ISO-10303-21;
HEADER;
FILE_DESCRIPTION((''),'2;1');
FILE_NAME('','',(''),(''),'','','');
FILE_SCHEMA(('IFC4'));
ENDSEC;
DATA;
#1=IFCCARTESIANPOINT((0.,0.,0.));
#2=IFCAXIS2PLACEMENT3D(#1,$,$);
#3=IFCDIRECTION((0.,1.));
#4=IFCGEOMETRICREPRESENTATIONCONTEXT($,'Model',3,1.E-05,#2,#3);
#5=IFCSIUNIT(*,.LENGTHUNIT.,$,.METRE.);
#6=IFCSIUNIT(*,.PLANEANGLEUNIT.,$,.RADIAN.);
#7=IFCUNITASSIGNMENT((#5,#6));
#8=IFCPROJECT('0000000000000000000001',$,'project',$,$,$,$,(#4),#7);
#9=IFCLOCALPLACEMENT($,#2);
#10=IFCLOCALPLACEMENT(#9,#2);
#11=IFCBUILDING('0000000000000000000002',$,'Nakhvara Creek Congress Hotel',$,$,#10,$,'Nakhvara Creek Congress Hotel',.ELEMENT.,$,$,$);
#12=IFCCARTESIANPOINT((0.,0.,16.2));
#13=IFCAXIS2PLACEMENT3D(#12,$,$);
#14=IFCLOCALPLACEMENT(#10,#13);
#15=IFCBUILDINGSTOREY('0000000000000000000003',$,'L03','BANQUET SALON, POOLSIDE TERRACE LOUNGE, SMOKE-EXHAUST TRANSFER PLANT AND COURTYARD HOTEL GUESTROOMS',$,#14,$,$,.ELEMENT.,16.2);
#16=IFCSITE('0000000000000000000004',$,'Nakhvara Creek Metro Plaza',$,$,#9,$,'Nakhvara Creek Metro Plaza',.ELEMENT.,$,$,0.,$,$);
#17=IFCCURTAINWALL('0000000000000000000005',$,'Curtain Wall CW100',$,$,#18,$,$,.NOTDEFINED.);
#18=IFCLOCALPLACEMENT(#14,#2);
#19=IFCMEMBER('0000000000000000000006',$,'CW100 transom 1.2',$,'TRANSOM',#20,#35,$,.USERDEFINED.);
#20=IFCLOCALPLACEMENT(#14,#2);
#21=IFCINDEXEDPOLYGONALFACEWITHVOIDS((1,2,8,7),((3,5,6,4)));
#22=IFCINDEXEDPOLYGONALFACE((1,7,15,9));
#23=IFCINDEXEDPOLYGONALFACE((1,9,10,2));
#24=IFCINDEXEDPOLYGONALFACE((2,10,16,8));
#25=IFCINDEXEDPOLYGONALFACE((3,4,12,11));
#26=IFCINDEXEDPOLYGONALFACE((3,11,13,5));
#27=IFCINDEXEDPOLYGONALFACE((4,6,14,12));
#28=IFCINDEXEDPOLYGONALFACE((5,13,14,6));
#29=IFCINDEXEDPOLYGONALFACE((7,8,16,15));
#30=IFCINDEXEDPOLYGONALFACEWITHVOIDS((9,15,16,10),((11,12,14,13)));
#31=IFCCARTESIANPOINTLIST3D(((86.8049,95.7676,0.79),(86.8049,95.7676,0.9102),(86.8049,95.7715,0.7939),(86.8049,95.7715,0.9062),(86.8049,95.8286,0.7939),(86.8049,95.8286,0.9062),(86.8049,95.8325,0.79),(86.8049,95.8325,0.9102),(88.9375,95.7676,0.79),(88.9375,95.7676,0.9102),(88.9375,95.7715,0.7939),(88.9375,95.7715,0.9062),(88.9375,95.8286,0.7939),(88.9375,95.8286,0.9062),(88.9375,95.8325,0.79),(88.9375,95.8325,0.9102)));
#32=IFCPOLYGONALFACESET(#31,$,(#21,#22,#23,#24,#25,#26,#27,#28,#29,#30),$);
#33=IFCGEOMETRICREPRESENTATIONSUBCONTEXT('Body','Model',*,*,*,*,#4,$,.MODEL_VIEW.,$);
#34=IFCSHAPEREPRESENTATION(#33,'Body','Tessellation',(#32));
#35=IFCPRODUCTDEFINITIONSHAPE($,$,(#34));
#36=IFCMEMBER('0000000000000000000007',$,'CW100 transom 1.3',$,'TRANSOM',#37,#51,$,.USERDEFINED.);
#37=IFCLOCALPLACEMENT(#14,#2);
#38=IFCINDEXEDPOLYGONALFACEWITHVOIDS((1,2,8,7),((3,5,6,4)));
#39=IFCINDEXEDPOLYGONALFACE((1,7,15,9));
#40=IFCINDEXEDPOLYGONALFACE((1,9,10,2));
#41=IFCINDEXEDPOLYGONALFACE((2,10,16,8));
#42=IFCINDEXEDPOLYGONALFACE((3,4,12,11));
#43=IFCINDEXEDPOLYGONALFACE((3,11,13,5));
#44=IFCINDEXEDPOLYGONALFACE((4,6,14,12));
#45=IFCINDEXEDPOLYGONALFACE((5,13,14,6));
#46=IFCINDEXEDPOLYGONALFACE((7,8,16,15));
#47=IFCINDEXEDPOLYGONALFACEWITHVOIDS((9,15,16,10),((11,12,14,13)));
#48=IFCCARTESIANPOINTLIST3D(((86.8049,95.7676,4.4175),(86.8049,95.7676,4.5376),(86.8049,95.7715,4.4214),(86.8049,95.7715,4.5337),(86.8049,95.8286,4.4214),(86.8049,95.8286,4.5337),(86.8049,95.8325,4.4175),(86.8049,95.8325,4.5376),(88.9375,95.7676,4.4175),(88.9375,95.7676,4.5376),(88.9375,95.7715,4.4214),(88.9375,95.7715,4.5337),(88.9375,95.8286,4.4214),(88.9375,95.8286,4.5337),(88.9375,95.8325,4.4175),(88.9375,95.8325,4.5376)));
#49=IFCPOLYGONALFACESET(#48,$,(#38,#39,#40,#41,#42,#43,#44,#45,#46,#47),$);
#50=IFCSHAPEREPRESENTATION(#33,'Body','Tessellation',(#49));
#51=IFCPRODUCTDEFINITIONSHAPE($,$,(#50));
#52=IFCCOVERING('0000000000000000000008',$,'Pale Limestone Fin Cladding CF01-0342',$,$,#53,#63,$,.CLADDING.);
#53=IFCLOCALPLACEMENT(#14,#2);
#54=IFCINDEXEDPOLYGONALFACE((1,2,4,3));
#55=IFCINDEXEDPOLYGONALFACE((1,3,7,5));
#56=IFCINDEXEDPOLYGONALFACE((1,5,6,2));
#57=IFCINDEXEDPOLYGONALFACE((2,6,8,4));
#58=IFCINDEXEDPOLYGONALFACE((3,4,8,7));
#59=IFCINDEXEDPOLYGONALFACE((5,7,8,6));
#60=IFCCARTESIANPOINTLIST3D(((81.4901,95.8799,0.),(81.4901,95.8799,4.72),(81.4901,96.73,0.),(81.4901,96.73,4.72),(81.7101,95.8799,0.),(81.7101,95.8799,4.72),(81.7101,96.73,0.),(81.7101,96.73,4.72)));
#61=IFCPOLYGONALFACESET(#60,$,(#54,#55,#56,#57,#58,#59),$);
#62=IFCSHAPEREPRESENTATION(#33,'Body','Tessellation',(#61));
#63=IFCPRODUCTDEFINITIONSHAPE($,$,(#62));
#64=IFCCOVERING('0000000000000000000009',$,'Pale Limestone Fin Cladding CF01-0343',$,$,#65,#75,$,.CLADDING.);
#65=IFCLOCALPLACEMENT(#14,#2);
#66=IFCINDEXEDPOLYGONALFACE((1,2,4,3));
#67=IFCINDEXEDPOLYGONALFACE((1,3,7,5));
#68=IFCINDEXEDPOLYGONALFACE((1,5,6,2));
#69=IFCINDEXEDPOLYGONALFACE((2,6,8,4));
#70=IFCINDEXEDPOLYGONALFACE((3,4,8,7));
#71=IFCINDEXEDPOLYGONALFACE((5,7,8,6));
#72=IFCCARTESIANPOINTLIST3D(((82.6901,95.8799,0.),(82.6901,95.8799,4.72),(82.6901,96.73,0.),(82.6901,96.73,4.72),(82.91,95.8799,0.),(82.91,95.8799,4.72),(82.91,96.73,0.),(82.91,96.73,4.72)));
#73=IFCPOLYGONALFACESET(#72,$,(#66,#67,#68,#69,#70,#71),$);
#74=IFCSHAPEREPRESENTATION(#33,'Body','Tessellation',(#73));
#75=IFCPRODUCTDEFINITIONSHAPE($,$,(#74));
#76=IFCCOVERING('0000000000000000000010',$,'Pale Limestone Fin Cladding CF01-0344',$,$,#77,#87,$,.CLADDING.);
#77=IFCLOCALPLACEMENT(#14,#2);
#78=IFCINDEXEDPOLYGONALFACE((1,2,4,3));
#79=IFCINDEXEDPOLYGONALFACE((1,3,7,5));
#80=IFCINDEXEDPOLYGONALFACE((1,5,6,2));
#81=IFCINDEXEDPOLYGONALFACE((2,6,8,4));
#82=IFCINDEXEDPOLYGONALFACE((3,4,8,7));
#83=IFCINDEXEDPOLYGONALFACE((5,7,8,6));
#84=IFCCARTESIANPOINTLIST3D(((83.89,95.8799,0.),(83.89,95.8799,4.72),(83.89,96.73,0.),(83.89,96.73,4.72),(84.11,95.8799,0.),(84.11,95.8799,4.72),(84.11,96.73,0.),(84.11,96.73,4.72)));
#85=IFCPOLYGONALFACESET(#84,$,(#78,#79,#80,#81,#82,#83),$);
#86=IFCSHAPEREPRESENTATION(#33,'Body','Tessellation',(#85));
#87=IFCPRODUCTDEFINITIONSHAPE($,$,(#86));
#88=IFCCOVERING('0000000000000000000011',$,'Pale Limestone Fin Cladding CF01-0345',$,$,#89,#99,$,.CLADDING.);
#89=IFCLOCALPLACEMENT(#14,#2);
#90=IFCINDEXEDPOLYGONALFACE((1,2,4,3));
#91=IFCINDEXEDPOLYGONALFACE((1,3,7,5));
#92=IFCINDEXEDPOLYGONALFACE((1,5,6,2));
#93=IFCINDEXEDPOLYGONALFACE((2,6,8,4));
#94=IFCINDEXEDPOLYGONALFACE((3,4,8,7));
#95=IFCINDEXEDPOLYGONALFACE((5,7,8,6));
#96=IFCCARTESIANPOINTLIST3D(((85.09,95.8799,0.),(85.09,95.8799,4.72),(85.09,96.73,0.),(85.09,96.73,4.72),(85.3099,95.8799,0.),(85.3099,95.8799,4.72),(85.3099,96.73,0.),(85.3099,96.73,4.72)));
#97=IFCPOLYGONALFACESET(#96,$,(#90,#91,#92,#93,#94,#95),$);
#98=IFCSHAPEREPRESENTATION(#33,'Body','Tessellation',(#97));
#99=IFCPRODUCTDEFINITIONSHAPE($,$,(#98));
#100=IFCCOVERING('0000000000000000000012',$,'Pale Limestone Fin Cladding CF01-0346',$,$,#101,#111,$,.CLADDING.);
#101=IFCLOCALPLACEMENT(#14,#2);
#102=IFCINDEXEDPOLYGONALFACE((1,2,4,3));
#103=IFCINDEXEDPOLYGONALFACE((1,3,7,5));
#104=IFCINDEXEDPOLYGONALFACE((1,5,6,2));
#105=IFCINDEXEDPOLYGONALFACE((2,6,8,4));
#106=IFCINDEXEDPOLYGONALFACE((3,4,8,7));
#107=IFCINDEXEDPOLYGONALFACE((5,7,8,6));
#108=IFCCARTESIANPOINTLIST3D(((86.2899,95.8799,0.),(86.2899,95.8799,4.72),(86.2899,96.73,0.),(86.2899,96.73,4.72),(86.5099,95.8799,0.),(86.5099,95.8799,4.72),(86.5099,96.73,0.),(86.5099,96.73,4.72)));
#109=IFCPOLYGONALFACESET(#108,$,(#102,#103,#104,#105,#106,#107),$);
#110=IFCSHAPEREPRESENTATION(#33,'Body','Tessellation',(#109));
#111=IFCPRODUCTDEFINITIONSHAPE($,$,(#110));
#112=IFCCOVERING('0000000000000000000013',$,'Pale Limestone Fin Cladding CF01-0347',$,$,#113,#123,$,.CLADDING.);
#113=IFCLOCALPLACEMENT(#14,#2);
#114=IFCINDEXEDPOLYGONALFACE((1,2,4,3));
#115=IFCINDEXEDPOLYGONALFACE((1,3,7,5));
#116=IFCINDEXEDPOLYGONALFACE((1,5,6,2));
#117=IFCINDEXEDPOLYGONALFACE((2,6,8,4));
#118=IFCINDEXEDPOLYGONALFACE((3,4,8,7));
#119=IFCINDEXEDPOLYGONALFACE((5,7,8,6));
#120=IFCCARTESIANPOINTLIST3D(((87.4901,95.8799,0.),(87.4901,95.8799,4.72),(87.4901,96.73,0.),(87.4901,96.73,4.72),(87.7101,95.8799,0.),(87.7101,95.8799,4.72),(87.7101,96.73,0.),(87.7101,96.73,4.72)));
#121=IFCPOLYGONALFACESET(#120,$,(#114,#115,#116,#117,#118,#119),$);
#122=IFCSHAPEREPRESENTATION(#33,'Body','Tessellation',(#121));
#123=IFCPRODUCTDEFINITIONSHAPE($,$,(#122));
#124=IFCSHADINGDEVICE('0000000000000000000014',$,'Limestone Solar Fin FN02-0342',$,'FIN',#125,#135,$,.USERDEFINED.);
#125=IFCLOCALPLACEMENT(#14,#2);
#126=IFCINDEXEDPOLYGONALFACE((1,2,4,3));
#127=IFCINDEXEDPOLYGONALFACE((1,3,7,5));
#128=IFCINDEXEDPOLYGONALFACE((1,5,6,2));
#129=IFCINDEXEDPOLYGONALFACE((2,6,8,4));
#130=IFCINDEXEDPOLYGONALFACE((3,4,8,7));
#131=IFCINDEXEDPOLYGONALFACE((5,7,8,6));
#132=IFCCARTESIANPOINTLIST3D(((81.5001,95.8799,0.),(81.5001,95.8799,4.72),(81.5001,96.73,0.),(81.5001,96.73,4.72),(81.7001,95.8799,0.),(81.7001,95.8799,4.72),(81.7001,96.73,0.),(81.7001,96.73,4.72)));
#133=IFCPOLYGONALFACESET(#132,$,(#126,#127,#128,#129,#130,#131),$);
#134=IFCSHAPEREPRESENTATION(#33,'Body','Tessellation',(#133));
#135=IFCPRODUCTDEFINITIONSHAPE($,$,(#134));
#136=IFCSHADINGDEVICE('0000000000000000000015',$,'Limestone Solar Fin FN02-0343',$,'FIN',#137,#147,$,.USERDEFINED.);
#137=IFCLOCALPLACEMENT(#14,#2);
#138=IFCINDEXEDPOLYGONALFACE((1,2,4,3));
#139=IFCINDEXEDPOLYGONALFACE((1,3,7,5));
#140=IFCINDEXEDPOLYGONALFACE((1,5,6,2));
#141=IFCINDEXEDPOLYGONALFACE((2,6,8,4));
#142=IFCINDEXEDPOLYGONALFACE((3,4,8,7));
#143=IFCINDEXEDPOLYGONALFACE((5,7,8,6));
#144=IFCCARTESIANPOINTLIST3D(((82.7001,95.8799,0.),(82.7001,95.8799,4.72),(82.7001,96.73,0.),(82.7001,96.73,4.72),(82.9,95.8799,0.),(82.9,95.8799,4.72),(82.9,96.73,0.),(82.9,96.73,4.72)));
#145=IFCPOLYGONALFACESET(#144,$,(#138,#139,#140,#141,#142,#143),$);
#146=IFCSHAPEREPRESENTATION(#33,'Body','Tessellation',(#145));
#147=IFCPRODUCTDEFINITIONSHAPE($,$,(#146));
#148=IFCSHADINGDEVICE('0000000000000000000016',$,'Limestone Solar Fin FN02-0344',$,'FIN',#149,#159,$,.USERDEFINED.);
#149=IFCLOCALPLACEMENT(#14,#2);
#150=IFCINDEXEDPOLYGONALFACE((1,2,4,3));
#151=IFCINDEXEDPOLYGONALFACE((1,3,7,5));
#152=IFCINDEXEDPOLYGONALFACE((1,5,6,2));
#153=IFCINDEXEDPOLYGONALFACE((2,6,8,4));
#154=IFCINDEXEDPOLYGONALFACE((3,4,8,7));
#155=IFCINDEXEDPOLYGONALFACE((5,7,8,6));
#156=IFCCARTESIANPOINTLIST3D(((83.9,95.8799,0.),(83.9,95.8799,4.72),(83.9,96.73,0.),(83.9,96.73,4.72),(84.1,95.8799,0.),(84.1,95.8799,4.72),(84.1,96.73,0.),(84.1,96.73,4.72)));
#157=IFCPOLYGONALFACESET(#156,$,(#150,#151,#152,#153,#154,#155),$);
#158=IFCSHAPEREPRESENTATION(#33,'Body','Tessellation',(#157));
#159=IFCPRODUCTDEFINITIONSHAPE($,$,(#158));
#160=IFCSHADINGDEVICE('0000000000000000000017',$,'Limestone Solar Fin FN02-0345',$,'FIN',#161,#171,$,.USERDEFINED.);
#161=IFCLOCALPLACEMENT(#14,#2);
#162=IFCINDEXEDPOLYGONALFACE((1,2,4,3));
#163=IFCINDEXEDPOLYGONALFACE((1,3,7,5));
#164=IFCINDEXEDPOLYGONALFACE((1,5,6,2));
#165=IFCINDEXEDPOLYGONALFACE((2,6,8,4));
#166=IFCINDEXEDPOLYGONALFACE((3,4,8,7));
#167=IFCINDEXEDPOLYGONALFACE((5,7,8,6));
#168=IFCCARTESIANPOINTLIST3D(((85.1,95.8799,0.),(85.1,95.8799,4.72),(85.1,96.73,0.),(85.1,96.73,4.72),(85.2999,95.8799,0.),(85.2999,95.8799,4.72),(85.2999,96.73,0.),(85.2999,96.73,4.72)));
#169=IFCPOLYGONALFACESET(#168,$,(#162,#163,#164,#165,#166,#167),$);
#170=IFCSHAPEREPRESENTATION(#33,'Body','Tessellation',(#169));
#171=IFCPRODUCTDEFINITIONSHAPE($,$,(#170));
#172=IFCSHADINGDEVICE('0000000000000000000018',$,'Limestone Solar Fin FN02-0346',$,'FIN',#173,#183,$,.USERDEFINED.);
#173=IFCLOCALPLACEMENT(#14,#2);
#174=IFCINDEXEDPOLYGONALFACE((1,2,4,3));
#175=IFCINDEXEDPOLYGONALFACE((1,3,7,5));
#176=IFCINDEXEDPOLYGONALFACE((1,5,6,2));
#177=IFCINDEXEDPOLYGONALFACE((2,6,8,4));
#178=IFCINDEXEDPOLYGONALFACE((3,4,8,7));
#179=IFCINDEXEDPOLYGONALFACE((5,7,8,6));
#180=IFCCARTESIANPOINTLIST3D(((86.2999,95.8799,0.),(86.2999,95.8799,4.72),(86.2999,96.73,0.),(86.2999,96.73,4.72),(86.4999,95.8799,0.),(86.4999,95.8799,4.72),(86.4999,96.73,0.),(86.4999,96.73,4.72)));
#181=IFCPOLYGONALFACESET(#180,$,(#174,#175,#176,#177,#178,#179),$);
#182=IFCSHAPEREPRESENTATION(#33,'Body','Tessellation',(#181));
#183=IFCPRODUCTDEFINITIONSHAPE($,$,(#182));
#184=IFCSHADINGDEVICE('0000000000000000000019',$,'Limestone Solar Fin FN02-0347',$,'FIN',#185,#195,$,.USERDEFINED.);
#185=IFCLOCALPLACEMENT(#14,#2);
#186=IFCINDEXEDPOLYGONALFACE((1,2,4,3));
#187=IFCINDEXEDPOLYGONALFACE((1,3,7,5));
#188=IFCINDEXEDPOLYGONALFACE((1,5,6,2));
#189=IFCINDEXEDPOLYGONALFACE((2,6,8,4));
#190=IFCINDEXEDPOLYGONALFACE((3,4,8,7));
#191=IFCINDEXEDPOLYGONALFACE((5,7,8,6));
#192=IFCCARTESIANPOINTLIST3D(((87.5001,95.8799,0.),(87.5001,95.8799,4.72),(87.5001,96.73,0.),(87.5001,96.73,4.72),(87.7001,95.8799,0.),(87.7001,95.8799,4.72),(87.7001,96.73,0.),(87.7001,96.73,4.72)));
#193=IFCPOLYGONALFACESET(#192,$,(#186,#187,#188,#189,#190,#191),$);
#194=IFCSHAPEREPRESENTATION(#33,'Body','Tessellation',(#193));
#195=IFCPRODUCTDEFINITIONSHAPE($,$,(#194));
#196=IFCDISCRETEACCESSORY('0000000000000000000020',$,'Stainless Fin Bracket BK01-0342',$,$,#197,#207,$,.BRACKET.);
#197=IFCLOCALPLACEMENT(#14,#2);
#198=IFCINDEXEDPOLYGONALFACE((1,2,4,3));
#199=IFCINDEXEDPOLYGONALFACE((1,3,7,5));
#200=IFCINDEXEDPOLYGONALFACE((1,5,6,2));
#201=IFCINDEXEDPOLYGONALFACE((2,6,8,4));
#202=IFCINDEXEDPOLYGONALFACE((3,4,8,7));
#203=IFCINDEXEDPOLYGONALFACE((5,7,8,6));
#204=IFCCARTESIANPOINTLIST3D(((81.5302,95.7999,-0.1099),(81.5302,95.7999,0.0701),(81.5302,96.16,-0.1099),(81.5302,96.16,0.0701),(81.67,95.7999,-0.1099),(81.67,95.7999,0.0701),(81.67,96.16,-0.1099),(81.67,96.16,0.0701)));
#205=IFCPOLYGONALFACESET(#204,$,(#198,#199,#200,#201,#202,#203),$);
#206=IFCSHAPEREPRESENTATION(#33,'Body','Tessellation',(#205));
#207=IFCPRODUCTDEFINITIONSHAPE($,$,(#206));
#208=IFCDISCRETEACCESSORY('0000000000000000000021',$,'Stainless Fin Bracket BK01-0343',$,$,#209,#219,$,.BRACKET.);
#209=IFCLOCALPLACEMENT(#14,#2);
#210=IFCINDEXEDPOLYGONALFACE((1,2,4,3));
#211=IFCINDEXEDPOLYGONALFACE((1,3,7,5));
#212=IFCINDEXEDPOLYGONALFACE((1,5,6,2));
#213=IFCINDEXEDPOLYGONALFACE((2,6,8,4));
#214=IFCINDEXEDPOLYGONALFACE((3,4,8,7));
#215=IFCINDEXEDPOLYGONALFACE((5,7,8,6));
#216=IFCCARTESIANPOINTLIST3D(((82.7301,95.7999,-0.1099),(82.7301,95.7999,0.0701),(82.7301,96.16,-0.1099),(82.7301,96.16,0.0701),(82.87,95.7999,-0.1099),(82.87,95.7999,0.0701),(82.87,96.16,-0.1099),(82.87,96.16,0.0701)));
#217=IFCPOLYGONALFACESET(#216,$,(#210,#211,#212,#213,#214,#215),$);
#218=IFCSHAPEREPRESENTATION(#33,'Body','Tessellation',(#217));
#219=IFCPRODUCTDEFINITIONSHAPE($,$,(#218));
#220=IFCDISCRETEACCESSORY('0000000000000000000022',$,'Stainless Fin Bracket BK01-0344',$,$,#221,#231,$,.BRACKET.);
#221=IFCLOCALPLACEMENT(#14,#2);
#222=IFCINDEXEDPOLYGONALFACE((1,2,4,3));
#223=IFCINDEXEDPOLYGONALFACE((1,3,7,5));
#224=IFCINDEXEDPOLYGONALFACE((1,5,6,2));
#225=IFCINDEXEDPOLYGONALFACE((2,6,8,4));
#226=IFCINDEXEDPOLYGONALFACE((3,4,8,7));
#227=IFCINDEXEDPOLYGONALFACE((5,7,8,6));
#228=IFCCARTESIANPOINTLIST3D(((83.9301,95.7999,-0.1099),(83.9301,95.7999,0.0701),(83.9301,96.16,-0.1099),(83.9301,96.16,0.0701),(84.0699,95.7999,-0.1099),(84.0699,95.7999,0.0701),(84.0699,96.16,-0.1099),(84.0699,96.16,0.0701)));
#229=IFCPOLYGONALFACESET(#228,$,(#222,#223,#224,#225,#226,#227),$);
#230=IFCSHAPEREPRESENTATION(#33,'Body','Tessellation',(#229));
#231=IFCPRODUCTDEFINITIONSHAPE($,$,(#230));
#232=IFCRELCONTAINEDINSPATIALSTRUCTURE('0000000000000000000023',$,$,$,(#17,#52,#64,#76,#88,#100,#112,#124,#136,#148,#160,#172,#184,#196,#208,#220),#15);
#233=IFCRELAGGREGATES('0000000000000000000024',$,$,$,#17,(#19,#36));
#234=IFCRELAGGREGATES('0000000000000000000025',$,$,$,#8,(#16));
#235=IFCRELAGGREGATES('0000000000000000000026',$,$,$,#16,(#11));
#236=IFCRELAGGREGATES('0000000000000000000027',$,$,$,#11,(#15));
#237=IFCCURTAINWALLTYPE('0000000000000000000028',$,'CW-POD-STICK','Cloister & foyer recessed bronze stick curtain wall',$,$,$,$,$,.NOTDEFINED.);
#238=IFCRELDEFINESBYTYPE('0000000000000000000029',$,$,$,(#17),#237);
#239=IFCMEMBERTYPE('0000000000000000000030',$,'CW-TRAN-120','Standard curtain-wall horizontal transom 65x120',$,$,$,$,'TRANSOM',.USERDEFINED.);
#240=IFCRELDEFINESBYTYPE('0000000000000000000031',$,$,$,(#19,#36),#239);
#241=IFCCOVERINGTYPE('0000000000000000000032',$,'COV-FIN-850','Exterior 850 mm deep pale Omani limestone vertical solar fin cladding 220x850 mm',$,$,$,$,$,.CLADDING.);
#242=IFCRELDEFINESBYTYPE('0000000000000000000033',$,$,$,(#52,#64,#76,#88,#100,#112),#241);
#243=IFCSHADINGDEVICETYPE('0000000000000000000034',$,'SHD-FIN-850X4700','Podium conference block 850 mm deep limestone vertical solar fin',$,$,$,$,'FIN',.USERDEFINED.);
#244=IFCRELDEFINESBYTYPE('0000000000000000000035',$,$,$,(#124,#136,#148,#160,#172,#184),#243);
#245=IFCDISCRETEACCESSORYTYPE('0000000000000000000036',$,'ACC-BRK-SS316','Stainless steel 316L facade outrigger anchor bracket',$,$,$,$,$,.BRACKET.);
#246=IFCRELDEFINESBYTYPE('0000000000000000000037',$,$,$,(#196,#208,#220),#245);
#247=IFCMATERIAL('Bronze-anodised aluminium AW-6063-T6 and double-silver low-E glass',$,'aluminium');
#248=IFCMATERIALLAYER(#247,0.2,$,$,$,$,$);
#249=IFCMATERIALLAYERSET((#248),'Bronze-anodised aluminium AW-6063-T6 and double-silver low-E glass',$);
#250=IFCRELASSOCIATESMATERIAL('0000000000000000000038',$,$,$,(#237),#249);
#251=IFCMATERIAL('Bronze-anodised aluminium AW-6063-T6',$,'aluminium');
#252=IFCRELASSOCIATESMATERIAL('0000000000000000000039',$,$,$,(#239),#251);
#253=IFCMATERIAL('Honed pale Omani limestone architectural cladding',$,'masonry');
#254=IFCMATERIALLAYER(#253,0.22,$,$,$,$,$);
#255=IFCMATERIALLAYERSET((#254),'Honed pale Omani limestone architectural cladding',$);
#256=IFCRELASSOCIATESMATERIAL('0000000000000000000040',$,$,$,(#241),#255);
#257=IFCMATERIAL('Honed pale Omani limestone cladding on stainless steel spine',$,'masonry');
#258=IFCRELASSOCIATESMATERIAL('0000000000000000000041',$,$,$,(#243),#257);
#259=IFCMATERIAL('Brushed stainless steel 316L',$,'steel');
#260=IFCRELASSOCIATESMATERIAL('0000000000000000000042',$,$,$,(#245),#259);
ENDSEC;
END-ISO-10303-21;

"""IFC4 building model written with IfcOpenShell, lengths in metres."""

from ifc_helpers import new_model, si_unit, direction, frame, origin, origin_2d, place, context, subcontext, project, spatial, rectangle, hollow_rectangle, extrude, material, layer, layer_set, material_profile, profile_set, type_object, element, aggregate, save


model = new_model("IFC4")

# Units and contexts
model_context = context("Model", 3, precision=1e-05, world=origin(), true_north=direction((0.0, 1.0)))
body_context = subcontext(model_context, "Body", "Model", "MODEL_VIEW")
ifc_project = project(units=[si_unit("LENGTHUNIT", "METRE"), si_unit("PLANEANGLEUNIT", "RADIAN")], contexts=[model_context])

# Site, building, storey
site_placement = place(None, origin())
site = spatial("IfcSite", under=ifc_project, at=site_placement, Name="Nakhvara Creek Metro Plaza", LongName="Nakhvara Creek Metro Plaza", CompositionType="ELEMENT", RefElevation=0.0)
building_placement = place(site_placement, origin())
building = spatial("IfcBuilding", under=site, at=building_placement, Name="Nakhvara Creek Congress Hotel", LongName="Nakhvara Creek Congress Hotel", CompositionType="ELEMENT")
storey_placement = place(building_placement, frame((0.0, 0.0, 16.2)))
storey = spatial("IfcBuildingStorey", under=building, at=storey_placement, Name="L03", Description="BANQUET SALON, POOLSIDE TERRACE LOUNGE, SMOKE-EXHAUST TRANSFER PLANT AND COURTYARD HOTEL GUESTROOMS", CompositionType="ELEMENT", Elevation=16.2)

# Curtain wall, members
ifc_material_1 = material(Name="Bronze-anodised aluminium AW-6063-T6 and double-silver low-E glass", Category="aluminium")
ifc_layer_1 = layer(ifc_material_1, 0.2)
ifc_layer_set_1 = layer_set([ifc_layer_1], Name="Bronze-anodised aluminium AW-6063-T6 and double-silver low-E glass")
curtain_wall_type = type_object("IfcCurtainWallType", Name="CW-POD-STICK", Description="Cloister & foyer recessed bronze stick curtain wall", PredefinedType="NOTDEFINED", material=ifc_layer_set_1)
curtain_wall_placement = place(storey_placement, origin())
curtain_wall = element("IfcCurtainWall", 1, at=curtain_wall_placement, inside=storey, type_object=curtain_wall_type, Name="Curtain Wall CW100", PredefinedType="NOTDEFINED")
ifc_material_2 = material(Name="Bronze-anodised aluminium AW-6063-T6", Category="aluminium")
ifc_material_profile = material_profile(ifc_material_2, hollow_rectangle(XDim=0.0649, YDim=0.1201, WallThickness=0.0039, at=origin_2d()), Name="ALU-TRAN 65x120x4", Category="LoadBearing")
ifc_profile_set = profile_set([ifc_material_profile], Name="Bronze-anodised aluminium AW-6063-T6")
member_type = type_object("IfcMemberType", Name="CW-TRAN-120", Description="Standard curtain-wall horizontal transom 65x120", ElementType="TRANSOM", PredefinedType="USERDEFINED", material=ifc_profile_set)
member_1_placement = place(storey_placement, frame((86.8049, 95.8, 0.8501), z_axis=(1.0, 0.0, 0.0), x_axis=(0.0, 1.0, 0.0)))
member_1 = element("IfcMember", 2, at=member_1_placement, type_object=member_type, Name="CW100 transom 1.2", ObjectType="TRANSOM", PredefinedType="USERDEFINED", context=body_context, shape_type="SweptSolid", body=[
    extrude(hollow_rectangle(XDim=0.0649, YDim=0.1201, WallThickness=0.0039, at=origin_2d()), origin(), (0.0, 0.0, 1.0), 2.1326),
])
member_2_placement = place(storey_placement, frame((86.8049, 95.8, 4.4775), z_axis=(1.0, 0.0, 0.0), x_axis=(0.0, 1.0, 0.0)))
member_2 = element("IfcMember", 3, at=member_2_placement, type_object=member_type, Name="CW100 transom 1.3", ObjectType="TRANSOM", PredefinedType="USERDEFINED", context=body_context, shape_type="SweptSolid", body=[
    extrude(hollow_rectangle(XDim=0.0649, YDim=0.1201, WallThickness=0.0039, at=origin_2d()), origin(), (0.0, 0.0, 1.0), 2.1326),
])
aggregate(curtain_wall, [member_1, member_2])

# Coverings
ifc_material_3 = material(Name="Honed pale Omani limestone architectural cladding", Category="masonry")
ifc_layer_2 = layer(ifc_material_3, 0.22)
ifc_layer_set_2 = layer_set([ifc_layer_2], Name="Honed pale Omani limestone architectural cladding")
covering_type = type_object("IfcCoveringType", Name="COV-FIN-850", Description="Exterior 850 mm deep pale Omani limestone vertical solar fin cladding 220x850 mm", PredefinedType="CLADDING", material=ifc_layer_set_2)
for number, where, z_axis, x_axis, name in (
    (4, (81.6001, 96.3049, 0.0), (0.0, 0.0, 1.0), (1.0, 0.0, 0.0), "Pale Limestone Fin Cladding CF01-0342"),
    (5, (82.8, 96.3049, 0.0), (0.0, 0.0, 1.0), (1.0, 0.0, 0.0), "Pale Limestone Fin Cladding CF01-0343"),
    (6, (84.0, 96.3049, 0.0), (0.0, 0.0, 1.0), (1.0, 0.0, 0.0), "Pale Limestone Fin Cladding CF01-0344"),
    (7, (85.2, 96.3049, 0.0), (0.0, 0.0, 1.0), (1.0, 0.0, 0.0), "Pale Limestone Fin Cladding CF01-0345"),
    (8, (86.3999, 96.3049, 0.0), (0.0, 0.0, 1.0), (1.0, 0.0, 0.0), "Pale Limestone Fin Cladding CF01-0346"),
    (9, (87.6001, 96.3049, 0.0), (0.0, 0.0, 1.0), (1.0, 0.0, 0.0), "Pale Limestone Fin Cladding CF01-0347"),
):
    element("IfcCovering", number, at=place(storey_placement, frame(where, z_axis=z_axis, x_axis=x_axis)), inside=storey, type_object=covering_type, Name=name, PredefinedType="CLADDING", context=body_context, shape_type="SweptSolid", body=[
        extrude(rectangle(XDim=0.22, YDim=0.8501, at=origin_2d()), origin(), (0.0, 0.0, 1.0), 4.72),
    ])

# Shared definitions
ifc_material_4 = material(Name="Brushed stainless steel 316L", Category="steel")

# Shading devices
ifc_material_5 = material(Name="Honed pale Omani limestone cladding on stainless steel spine", Category="masonry")
shading_device_type = type_object("IfcShadingDeviceType", Name="SHD-FIN-850X4700", Description="Podium conference block 850 mm deep limestone vertical solar fin", ElementType="FIN", PredefinedType="USERDEFINED", material=ifc_material_5)
for number, where, z_axis, x_axis, name in (
    (10, (81.6001, 96.3049, 0.0), (0.0, 0.0, 1.0), (1.0, 0.0, 0.0), "Limestone Solar Fin FN02-0342"),
    (11, (82.8, 96.3049, 0.0), (0.0, 0.0, 1.0), (1.0, 0.0, 0.0), "Limestone Solar Fin FN02-0343"),
    (12, (84.0, 96.3049, 0.0), (0.0, 0.0, 1.0), (1.0, 0.0, 0.0), "Limestone Solar Fin FN02-0344"),
    (13, (85.2, 96.3049, 0.0), (0.0, 0.0, 1.0), (1.0, 0.0, 0.0), "Limestone Solar Fin FN02-0345"),
    (14, (86.3999, 96.3049, 0.0), (0.0, 0.0, 1.0), (1.0, 0.0, 0.0), "Limestone Solar Fin FN02-0346"),
    (15, (87.6001, 96.3049, 0.0), (0.0, 0.0, 1.0), (1.0, 0.0, 0.0), "Limestone Solar Fin FN02-0347"),
):
    element("IfcShadingDevice", number, at=place(storey_placement, frame(where, z_axis=z_axis, x_axis=x_axis)), inside=storey, type_object=shading_device_type, Name=name, ObjectType="FIN", PredefinedType="USERDEFINED", context=body_context, shape_type="SweptSolid", body=[
        extrude(rectangle(XDim=0.2, YDim=0.8501, at=origin_2d()), origin(), (0.0, 0.0, 1.0), 4.72),
    ])

# Discrete accessories
discrete_accessory_type = type_object("IfcDiscreteAccessoryType", Name="ACC-BRK-SS316", Description="Stainless steel 316L facade outrigger anchor bracket", PredefinedType="BRACKET", material=ifc_material_4)
for number, where, z_axis, x_axis, name in (
    (16, (81.6001, 95.98, -0.1099), (0.0, 0.0, 1.0), (1.0, 0.0, 0.0), "Stainless Fin Bracket BK01-0342"),
    (17, (82.8, 95.98, -0.1099), (0.0, 0.0, 1.0), (1.0, 0.0, 0.0), "Stainless Fin Bracket BK01-0343"),
    (18, (84.0, 95.98, -0.1099), (0.0, 0.0, 1.0), (1.0, 0.0, 0.0), "Stainless Fin Bracket BK01-0344"),
):
    element("IfcDiscreteAccessory", number, at=place(storey_placement, frame(where, z_axis=z_axis, x_axis=x_axis)), inside=storey, type_object=discrete_accessory_type, Name=name, PredefinedType="BRACKET", context=body_context, shape_type="SweptSolid", body=[
        extrude(rectangle(XDim=0.1399, YDim=0.3601, at=origin_2d()), origin(), (0.0, 0.0, 1.0), 0.1799),
    ])

save(model, "model.ifc")
